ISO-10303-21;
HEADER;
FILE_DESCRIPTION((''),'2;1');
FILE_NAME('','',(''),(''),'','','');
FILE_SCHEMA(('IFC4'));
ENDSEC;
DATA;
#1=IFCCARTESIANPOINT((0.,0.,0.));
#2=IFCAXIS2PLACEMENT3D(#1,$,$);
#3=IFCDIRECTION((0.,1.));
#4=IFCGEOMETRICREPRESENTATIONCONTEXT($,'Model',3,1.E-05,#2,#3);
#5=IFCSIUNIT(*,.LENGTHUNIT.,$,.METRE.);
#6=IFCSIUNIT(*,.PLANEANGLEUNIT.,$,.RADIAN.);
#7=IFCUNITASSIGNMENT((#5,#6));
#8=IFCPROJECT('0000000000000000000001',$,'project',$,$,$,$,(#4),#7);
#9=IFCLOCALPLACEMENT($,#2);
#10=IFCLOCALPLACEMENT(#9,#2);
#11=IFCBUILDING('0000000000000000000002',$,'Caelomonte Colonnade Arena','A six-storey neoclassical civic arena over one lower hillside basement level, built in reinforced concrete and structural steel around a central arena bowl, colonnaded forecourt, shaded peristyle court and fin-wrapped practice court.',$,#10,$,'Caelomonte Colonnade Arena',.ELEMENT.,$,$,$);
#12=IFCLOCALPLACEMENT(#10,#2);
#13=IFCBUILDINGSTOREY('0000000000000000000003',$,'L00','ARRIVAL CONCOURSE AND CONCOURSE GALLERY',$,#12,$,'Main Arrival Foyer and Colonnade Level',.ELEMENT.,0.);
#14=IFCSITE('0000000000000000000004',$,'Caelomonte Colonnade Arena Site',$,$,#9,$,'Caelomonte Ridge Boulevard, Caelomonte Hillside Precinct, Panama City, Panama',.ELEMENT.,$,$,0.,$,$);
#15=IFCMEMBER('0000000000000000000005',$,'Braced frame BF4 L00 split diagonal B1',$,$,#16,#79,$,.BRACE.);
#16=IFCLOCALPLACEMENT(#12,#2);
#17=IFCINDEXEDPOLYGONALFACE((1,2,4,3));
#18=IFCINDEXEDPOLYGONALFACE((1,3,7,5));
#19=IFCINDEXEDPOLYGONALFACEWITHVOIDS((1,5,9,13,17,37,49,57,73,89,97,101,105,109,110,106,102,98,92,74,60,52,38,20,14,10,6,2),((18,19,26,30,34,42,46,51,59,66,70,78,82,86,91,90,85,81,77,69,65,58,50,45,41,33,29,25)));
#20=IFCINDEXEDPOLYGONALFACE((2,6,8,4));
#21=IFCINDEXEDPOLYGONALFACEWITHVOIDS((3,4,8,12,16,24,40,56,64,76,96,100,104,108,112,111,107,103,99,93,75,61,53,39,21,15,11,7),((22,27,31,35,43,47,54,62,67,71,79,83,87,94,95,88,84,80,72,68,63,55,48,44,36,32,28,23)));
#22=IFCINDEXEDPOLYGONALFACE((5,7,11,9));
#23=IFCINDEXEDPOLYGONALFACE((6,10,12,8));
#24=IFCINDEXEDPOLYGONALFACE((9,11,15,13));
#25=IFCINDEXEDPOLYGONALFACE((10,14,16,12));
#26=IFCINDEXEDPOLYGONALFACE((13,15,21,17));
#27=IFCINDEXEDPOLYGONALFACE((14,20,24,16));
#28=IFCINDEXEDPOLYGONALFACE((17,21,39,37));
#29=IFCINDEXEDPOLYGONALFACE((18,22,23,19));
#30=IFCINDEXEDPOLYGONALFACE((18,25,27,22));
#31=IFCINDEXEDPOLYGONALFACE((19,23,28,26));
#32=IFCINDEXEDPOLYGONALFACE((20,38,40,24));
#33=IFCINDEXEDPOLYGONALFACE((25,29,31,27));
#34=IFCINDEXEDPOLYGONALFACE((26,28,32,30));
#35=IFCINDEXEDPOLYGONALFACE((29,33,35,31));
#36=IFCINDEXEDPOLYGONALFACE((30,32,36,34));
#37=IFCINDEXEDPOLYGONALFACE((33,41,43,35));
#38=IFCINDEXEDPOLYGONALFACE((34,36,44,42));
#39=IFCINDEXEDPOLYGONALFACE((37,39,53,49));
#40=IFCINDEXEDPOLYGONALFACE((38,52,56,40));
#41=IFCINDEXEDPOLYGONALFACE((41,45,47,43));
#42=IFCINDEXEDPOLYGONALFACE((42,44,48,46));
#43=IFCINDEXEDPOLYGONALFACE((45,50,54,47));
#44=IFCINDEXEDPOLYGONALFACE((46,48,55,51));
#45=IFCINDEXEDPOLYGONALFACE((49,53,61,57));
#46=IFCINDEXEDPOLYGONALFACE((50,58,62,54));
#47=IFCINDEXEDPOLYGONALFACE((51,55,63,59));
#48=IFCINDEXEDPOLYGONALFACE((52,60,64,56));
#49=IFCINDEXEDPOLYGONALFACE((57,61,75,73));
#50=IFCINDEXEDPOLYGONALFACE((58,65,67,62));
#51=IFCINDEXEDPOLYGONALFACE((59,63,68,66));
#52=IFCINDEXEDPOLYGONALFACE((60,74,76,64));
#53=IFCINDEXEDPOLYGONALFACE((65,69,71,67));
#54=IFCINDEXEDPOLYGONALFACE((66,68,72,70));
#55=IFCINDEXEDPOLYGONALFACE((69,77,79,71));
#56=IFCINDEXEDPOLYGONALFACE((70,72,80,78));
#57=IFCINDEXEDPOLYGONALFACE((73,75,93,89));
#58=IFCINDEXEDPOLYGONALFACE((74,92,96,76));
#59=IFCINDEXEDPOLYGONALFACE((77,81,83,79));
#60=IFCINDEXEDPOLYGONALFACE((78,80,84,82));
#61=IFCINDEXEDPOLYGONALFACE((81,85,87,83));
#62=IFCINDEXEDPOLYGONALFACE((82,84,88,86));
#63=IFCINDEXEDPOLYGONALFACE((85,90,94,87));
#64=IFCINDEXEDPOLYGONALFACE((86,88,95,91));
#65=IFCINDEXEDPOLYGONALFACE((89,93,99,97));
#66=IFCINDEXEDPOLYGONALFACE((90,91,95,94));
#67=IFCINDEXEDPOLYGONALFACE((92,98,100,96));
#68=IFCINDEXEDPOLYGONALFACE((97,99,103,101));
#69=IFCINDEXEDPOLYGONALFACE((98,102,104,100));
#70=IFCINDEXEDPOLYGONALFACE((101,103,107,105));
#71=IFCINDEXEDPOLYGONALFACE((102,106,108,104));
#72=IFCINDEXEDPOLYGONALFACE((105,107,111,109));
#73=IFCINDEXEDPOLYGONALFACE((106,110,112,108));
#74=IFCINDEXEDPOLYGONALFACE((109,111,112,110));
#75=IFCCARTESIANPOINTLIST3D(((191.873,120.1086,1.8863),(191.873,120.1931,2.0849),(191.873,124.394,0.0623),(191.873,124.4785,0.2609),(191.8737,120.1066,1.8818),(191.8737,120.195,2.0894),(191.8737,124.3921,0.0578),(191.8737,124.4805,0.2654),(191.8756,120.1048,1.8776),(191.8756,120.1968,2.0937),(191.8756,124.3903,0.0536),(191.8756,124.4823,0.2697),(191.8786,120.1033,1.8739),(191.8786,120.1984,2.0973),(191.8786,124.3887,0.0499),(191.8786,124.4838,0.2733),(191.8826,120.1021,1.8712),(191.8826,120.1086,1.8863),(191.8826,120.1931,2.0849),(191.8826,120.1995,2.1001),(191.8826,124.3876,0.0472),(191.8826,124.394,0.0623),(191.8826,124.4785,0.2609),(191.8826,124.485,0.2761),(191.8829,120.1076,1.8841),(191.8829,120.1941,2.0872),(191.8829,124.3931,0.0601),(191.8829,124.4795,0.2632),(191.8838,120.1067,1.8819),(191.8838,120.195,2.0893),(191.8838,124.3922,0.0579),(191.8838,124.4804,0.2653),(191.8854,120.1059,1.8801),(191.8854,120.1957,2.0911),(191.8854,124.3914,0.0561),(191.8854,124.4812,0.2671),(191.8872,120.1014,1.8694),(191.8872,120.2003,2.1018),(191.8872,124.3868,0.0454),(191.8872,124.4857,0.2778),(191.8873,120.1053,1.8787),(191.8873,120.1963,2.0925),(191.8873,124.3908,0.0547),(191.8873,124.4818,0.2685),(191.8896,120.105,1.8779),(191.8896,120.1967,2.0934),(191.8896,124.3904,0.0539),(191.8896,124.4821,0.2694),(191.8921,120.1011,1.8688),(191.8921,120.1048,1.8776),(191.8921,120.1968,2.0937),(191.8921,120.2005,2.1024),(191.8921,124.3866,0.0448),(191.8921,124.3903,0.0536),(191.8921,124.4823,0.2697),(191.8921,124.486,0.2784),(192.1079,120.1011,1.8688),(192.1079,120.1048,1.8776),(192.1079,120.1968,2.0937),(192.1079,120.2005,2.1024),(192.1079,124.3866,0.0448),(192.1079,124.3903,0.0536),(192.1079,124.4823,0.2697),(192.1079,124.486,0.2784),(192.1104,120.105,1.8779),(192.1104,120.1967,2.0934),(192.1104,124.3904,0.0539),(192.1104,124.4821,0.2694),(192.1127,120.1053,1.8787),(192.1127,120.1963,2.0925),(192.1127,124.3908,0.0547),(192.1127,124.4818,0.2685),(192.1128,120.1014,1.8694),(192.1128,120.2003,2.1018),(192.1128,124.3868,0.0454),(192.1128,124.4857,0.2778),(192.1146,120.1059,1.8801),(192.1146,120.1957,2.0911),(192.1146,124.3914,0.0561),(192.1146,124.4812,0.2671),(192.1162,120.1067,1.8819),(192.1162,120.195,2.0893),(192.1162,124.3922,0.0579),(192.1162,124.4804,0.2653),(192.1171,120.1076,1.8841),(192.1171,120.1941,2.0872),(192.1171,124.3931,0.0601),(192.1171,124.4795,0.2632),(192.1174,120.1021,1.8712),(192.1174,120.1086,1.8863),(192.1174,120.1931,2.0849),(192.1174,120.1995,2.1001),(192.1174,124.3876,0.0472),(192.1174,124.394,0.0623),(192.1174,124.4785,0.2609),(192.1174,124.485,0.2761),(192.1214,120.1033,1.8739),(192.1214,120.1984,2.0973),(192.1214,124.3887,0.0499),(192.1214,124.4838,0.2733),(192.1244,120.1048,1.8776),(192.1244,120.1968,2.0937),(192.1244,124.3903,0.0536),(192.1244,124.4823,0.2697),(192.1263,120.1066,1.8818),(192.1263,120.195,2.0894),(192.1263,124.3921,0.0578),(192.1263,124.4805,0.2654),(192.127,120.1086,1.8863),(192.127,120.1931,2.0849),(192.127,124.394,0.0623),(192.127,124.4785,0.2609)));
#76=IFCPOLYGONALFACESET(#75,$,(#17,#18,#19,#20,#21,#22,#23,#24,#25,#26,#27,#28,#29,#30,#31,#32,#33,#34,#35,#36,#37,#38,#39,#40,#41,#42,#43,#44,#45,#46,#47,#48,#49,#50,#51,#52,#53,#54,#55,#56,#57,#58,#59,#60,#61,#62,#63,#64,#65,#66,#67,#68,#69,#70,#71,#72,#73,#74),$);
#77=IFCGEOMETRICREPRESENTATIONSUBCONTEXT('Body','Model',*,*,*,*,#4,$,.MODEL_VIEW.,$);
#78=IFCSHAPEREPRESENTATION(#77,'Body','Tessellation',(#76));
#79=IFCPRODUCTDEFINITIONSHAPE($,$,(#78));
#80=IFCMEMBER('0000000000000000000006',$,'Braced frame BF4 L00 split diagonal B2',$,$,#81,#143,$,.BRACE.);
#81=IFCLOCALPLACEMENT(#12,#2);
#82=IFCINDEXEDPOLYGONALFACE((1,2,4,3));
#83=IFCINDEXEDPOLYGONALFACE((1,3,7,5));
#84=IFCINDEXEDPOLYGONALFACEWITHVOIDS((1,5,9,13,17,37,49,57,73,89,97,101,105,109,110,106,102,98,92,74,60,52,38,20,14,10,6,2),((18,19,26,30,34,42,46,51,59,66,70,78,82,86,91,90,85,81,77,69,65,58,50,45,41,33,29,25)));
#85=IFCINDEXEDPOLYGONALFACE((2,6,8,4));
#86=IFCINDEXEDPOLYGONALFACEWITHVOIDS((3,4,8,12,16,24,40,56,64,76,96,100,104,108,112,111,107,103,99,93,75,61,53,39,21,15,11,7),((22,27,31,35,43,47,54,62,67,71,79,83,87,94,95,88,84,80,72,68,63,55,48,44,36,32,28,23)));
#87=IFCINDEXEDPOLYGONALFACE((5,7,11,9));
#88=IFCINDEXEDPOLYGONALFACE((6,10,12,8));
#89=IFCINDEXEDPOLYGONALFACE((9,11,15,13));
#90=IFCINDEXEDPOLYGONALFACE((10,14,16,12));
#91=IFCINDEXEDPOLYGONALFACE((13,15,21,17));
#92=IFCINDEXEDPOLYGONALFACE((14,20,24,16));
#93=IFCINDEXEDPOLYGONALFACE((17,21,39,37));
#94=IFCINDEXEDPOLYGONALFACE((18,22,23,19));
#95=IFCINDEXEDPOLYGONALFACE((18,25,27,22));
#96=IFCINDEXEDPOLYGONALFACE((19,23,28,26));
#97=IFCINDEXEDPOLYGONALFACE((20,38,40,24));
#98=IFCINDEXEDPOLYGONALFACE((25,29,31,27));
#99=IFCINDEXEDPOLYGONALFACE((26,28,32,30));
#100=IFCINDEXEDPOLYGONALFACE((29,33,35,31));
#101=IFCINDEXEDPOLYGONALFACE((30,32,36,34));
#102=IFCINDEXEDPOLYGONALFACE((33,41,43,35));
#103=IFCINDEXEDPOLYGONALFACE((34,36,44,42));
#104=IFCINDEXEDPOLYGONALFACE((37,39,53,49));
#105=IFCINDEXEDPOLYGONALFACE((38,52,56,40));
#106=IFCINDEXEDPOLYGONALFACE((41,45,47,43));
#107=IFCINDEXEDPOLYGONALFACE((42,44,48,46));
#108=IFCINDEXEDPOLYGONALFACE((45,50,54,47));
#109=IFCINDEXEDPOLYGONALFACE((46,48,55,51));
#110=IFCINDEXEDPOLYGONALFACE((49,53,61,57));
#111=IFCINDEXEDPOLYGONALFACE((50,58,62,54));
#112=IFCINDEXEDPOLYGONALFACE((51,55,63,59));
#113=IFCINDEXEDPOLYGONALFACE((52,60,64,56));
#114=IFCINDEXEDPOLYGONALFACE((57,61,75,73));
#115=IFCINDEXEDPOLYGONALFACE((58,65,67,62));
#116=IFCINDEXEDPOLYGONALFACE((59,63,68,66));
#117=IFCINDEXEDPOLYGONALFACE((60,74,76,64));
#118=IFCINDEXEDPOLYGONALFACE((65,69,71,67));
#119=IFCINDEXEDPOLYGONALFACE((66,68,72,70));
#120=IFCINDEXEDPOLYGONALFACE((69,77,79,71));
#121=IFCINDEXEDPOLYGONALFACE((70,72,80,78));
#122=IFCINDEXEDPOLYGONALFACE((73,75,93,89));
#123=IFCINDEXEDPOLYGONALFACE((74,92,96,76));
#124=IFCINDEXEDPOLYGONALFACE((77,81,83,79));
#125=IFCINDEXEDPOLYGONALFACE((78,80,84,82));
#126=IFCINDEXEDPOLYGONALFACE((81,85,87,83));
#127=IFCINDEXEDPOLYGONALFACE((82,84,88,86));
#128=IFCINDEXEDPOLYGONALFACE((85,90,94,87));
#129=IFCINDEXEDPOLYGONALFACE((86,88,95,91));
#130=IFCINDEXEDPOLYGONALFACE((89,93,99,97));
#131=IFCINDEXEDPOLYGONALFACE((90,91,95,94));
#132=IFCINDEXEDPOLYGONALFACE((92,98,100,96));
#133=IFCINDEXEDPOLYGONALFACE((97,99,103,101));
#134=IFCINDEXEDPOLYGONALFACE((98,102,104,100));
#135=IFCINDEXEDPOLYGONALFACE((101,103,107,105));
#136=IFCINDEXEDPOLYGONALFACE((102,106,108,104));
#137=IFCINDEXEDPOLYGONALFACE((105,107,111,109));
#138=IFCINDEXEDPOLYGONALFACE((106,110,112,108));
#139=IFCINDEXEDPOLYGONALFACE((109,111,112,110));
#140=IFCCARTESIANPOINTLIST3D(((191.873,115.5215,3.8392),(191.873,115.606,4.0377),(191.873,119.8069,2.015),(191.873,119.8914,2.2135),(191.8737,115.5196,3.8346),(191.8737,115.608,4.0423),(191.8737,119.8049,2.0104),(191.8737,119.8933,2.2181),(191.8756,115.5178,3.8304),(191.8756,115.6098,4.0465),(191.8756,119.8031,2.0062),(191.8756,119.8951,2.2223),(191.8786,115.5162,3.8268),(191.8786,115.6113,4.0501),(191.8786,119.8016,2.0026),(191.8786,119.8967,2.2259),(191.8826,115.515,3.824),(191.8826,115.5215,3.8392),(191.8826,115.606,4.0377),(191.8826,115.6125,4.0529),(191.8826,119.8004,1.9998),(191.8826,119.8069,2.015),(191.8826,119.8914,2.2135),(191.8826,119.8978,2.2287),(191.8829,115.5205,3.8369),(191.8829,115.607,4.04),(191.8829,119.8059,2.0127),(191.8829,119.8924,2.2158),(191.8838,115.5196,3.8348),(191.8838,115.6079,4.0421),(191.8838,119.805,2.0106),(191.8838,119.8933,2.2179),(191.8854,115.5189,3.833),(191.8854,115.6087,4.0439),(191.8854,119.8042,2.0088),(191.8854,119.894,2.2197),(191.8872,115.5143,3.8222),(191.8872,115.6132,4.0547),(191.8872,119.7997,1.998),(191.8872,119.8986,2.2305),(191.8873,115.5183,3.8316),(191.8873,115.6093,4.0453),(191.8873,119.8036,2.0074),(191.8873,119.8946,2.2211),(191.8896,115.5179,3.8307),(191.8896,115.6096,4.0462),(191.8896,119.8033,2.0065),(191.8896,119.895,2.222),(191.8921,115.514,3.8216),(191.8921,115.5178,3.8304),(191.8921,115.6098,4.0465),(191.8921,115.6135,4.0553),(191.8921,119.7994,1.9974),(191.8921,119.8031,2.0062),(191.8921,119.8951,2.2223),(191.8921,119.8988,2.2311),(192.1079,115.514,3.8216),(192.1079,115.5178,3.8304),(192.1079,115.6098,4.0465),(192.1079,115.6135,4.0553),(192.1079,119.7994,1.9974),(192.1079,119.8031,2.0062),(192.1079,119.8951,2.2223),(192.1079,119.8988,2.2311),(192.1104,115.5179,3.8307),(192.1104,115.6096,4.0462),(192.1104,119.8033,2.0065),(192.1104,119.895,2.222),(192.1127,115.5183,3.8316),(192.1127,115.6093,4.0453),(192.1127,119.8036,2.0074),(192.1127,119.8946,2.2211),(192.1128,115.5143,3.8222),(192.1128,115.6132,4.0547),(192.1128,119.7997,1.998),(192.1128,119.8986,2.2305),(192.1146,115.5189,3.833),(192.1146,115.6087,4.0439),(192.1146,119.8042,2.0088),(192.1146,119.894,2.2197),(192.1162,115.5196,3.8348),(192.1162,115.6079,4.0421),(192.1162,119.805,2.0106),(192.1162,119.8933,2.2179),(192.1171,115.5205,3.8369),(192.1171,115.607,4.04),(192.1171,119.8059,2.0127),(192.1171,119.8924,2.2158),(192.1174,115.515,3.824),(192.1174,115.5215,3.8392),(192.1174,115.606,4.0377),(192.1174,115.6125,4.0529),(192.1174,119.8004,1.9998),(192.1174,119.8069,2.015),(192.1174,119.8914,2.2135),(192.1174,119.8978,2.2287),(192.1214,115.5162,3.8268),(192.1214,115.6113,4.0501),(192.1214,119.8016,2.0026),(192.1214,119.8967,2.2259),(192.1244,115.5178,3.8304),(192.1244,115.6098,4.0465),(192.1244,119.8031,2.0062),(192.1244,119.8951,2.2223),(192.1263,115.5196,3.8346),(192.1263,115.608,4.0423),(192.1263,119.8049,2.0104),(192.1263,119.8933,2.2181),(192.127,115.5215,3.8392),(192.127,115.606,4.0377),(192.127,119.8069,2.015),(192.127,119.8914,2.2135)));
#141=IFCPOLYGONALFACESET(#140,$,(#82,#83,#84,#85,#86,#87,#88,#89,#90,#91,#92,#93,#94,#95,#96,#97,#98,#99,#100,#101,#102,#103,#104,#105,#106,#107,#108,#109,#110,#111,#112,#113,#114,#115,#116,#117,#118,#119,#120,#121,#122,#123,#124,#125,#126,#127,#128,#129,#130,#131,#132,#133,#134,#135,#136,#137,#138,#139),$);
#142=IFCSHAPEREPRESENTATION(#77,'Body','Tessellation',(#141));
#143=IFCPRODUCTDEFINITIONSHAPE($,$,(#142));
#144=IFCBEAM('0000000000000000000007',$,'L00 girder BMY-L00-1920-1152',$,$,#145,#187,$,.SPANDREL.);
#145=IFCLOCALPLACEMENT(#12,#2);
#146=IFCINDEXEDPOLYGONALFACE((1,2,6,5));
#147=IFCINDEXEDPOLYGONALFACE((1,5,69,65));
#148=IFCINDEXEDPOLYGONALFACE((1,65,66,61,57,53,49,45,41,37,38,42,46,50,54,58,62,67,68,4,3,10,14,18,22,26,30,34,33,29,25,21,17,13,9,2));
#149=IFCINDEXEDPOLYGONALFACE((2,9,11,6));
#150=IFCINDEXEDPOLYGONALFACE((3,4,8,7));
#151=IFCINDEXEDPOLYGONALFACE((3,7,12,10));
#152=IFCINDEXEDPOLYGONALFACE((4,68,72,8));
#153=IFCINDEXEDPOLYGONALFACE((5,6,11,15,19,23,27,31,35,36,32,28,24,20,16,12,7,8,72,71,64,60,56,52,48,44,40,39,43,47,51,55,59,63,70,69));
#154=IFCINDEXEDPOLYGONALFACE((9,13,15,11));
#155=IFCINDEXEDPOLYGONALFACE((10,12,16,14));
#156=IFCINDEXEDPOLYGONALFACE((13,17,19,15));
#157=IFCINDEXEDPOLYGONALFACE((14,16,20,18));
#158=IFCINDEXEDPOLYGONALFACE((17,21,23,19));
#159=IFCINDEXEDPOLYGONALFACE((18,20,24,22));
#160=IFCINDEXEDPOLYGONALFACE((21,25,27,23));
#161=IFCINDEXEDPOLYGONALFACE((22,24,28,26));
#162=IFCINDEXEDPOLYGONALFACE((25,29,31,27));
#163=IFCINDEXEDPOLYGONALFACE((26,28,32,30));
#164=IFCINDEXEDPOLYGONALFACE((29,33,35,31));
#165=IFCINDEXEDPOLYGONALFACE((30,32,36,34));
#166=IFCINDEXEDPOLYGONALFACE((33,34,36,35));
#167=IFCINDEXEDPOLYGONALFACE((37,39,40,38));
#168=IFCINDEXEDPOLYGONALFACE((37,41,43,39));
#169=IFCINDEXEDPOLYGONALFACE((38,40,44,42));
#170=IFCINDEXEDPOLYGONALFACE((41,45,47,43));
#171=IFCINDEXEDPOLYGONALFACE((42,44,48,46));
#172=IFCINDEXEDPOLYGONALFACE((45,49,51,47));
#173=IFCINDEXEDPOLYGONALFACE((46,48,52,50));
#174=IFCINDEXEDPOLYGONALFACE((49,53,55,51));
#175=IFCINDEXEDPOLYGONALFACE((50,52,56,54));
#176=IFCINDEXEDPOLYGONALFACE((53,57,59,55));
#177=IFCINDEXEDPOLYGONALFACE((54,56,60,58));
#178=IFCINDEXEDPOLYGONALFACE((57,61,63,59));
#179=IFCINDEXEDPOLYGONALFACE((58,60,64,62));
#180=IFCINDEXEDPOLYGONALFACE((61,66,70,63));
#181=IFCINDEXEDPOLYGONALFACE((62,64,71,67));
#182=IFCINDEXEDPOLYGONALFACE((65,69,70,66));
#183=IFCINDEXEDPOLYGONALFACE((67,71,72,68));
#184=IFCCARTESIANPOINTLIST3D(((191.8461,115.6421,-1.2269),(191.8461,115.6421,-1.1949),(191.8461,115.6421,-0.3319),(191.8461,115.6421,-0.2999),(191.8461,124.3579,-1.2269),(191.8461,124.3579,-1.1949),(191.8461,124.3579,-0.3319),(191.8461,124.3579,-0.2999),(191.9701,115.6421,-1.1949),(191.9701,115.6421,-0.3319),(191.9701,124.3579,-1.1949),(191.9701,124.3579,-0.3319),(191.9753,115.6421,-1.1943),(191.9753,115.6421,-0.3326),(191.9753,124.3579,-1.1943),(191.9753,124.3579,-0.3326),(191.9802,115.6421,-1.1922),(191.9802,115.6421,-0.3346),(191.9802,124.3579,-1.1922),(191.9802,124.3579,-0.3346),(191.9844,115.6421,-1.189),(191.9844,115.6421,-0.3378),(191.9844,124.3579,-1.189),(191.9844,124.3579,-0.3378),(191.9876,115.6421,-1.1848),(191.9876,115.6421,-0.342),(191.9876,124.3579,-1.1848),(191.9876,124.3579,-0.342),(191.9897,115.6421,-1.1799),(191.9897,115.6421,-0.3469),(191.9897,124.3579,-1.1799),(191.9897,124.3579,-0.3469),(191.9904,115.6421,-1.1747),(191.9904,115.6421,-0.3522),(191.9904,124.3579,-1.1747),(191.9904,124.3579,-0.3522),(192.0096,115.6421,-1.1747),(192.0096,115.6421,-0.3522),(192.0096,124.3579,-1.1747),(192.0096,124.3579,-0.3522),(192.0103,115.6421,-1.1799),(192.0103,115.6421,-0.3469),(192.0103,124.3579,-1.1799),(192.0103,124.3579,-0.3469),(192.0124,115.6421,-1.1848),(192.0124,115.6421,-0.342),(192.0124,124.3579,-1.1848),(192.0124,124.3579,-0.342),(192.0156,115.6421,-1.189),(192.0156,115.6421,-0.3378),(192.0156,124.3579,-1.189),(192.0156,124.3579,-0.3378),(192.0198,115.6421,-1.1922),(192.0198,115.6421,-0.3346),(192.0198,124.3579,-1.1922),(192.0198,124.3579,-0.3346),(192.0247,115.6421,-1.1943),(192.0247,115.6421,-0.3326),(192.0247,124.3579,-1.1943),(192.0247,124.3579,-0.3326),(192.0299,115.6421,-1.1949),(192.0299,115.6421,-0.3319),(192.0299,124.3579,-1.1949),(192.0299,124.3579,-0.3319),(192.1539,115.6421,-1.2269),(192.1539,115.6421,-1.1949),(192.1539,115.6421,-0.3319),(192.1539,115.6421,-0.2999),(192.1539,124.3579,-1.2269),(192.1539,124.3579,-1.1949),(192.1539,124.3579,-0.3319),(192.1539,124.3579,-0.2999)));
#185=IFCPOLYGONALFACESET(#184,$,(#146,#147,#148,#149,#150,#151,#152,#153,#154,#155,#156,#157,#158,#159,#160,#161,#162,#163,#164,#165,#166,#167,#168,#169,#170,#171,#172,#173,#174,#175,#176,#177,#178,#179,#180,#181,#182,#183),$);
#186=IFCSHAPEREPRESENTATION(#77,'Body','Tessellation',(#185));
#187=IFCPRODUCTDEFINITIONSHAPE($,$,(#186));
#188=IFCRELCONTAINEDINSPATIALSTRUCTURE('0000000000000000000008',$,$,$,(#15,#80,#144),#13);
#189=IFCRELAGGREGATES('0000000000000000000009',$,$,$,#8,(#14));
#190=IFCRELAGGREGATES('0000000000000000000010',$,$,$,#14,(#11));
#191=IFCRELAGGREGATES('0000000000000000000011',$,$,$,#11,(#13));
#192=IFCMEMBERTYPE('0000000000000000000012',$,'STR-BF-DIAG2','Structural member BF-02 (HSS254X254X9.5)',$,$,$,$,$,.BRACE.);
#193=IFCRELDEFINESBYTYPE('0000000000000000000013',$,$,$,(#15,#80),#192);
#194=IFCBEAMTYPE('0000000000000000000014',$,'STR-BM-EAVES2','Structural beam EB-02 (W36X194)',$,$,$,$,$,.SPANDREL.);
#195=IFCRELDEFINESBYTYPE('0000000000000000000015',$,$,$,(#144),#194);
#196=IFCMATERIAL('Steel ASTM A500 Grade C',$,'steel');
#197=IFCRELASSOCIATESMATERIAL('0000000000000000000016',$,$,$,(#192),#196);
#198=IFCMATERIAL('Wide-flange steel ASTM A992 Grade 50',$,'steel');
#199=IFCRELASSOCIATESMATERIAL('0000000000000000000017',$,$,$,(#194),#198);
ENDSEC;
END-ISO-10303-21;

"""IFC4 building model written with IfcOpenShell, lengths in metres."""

from ifc_helpers import new_model, si_unit, direction, frame, origin, origin_2d, place, context, subcontext, project, spatial, hollow_rectangle, i_section, extrude, material, material_profile, profile_set, type_object, element, save


model = new_model("IFC4")

# Units and contexts
model_context = context("Model", 3, precision=1e-05, world=origin(), true_north=direction((0.0, 1.0)))
body_context = subcontext(model_context, "Body", "Model", "MODEL_VIEW")
ifc_project = project(units=[si_unit("LENGTHUNIT", "METRE"), si_unit("PLANEANGLEUNIT", "RADIAN")], contexts=[model_context])

# Site, building, storey
site_placement = place(None, origin())
site = spatial("IfcSite", under=ifc_project, at=site_placement, Name="Caelomonte Colonnade Arena Site", LongName="Caelomonte Ridge Boulevard, Caelomonte Hillside Precinct, Panama City, Panama", CompositionType="ELEMENT", RefElevation=0.0)
building_placement = place(site_placement, origin())
building = spatial("IfcBuilding", under=site, at=building_placement, Name="Caelomonte Colonnade Arena", Description="A six-storey neoclassical civic arena over one lower hillside basement level, built in reinforced concrete and structural steel around a central arena bowl, colonnaded forecourt, shaded peristyle court and fin-wrapped practice court.", LongName="Caelomonte Colonnade Arena", CompositionType="ELEMENT")
storey_placement = place(building_placement, origin())
storey = spatial("IfcBuildingStorey", under=building, at=storey_placement, Name="L00", Description="ARRIVAL CONCOURSE AND CONCOURSE GALLERY", LongName="Main Arrival Foyer and Colonnade Level", CompositionType="ELEMENT", Elevation=0.0)

# Members
ifc_material_1 = material(Name="Steel ASTM A500 Grade C", Category="steel")
ifc_material_profile_1 = material_profile(ifc_material_1, hollow_rectangle(XDim=0.2539, YDim=0.2539, WallThickness=0.0095, InnerFilletRadius=0.0095, OuterFilletRadius=0.019, at=origin_2d()), Name="HSS254X254X9.5")
ifc_profile_set_1 = profile_set([ifc_material_profile_1], Name="Steel ASTM A500 Grade C")
member_type = type_object("IfcMemberType", Name="STR-BF-DIAG2", Description="Structural member BF-02 (HSS254X254X9.5)", PredefinedType="BRACE", material=ifc_profile_set_1)
for number, where, z_axis, x_axis, name in (
    (1, (192.0, 124.4363, 0.1616), (0.0, -0.920124, 0.391628), (1.0, 0.0, 0.0), "Braced frame BF4 L00 split diagonal B1"),
    (2, (192.0, 119.8491, 2.1143), (0.0, -0.920105, 0.391672), (1.0, 0.0, 0.0), "Braced frame BF4 L00 split diagonal B2"),
):
    element("IfcMember", number, at=place(storey_placement, frame(where, z_axis=z_axis, x_axis=x_axis)), inside=storey, type_object=member_type, Name=name, PredefinedType="BRACE", context=body_context, shape_type="SweptSolid", body=[
        extrude(hollow_rectangle(XDim=0.2539, YDim=0.2539, WallThickness=0.0095, InnerFilletRadius=0.0095, OuterFilletRadius=0.019, at=origin_2d()), origin(), (0.0, 0.0, 1.0), 4.6575),
    ])

# Beam
ifc_material_2 = material(Name="Wide-flange steel ASTM A992 Grade 50", Category="steel")
ifc_material_profile_2 = material_profile(ifc_material_2, i_section(OverallWidth=0.3079, OverallDepth=0.927, WebThickness=0.0193, FlangeThickness=0.032, FilletRadius=0.0203, at=origin_2d()), Name="W36X194")
ifc_profile_set_2 = profile_set([ifc_material_profile_2], Name="Wide-flange steel ASTM A992 Grade 50")
beam_type_1 = type_object("IfcBeamType", Name="STR-BM-EAVES2", Description="Structural beam EB-02 (W36X194)", PredefinedType="SPANDREL", material=ifc_profile_set_2)
beam_placement = place(storey_placement, frame((192.0, 115.6421, -0.7634), z_axis=(0.0, 1.0, 0.0), x_axis=(-1.0, 0.0, 0.0)))
element("IfcBeam", 3, at=beam_placement, inside=storey, type_object=beam_type_1, Name="L00 girder BMY-L00-1920-1152", PredefinedType="SPANDREL", context=body_context, shape_type="SweptSolid", body=[
    extrude(i_section(OverallWidth=0.3079, OverallDepth=0.927, WebThickness=0.0193, FlangeThickness=0.032, FilletRadius=0.0203, at=origin_2d()), origin(), (0.0, 0.0, 1.0), 8.7158),
])

save(model, "model.ifc")
